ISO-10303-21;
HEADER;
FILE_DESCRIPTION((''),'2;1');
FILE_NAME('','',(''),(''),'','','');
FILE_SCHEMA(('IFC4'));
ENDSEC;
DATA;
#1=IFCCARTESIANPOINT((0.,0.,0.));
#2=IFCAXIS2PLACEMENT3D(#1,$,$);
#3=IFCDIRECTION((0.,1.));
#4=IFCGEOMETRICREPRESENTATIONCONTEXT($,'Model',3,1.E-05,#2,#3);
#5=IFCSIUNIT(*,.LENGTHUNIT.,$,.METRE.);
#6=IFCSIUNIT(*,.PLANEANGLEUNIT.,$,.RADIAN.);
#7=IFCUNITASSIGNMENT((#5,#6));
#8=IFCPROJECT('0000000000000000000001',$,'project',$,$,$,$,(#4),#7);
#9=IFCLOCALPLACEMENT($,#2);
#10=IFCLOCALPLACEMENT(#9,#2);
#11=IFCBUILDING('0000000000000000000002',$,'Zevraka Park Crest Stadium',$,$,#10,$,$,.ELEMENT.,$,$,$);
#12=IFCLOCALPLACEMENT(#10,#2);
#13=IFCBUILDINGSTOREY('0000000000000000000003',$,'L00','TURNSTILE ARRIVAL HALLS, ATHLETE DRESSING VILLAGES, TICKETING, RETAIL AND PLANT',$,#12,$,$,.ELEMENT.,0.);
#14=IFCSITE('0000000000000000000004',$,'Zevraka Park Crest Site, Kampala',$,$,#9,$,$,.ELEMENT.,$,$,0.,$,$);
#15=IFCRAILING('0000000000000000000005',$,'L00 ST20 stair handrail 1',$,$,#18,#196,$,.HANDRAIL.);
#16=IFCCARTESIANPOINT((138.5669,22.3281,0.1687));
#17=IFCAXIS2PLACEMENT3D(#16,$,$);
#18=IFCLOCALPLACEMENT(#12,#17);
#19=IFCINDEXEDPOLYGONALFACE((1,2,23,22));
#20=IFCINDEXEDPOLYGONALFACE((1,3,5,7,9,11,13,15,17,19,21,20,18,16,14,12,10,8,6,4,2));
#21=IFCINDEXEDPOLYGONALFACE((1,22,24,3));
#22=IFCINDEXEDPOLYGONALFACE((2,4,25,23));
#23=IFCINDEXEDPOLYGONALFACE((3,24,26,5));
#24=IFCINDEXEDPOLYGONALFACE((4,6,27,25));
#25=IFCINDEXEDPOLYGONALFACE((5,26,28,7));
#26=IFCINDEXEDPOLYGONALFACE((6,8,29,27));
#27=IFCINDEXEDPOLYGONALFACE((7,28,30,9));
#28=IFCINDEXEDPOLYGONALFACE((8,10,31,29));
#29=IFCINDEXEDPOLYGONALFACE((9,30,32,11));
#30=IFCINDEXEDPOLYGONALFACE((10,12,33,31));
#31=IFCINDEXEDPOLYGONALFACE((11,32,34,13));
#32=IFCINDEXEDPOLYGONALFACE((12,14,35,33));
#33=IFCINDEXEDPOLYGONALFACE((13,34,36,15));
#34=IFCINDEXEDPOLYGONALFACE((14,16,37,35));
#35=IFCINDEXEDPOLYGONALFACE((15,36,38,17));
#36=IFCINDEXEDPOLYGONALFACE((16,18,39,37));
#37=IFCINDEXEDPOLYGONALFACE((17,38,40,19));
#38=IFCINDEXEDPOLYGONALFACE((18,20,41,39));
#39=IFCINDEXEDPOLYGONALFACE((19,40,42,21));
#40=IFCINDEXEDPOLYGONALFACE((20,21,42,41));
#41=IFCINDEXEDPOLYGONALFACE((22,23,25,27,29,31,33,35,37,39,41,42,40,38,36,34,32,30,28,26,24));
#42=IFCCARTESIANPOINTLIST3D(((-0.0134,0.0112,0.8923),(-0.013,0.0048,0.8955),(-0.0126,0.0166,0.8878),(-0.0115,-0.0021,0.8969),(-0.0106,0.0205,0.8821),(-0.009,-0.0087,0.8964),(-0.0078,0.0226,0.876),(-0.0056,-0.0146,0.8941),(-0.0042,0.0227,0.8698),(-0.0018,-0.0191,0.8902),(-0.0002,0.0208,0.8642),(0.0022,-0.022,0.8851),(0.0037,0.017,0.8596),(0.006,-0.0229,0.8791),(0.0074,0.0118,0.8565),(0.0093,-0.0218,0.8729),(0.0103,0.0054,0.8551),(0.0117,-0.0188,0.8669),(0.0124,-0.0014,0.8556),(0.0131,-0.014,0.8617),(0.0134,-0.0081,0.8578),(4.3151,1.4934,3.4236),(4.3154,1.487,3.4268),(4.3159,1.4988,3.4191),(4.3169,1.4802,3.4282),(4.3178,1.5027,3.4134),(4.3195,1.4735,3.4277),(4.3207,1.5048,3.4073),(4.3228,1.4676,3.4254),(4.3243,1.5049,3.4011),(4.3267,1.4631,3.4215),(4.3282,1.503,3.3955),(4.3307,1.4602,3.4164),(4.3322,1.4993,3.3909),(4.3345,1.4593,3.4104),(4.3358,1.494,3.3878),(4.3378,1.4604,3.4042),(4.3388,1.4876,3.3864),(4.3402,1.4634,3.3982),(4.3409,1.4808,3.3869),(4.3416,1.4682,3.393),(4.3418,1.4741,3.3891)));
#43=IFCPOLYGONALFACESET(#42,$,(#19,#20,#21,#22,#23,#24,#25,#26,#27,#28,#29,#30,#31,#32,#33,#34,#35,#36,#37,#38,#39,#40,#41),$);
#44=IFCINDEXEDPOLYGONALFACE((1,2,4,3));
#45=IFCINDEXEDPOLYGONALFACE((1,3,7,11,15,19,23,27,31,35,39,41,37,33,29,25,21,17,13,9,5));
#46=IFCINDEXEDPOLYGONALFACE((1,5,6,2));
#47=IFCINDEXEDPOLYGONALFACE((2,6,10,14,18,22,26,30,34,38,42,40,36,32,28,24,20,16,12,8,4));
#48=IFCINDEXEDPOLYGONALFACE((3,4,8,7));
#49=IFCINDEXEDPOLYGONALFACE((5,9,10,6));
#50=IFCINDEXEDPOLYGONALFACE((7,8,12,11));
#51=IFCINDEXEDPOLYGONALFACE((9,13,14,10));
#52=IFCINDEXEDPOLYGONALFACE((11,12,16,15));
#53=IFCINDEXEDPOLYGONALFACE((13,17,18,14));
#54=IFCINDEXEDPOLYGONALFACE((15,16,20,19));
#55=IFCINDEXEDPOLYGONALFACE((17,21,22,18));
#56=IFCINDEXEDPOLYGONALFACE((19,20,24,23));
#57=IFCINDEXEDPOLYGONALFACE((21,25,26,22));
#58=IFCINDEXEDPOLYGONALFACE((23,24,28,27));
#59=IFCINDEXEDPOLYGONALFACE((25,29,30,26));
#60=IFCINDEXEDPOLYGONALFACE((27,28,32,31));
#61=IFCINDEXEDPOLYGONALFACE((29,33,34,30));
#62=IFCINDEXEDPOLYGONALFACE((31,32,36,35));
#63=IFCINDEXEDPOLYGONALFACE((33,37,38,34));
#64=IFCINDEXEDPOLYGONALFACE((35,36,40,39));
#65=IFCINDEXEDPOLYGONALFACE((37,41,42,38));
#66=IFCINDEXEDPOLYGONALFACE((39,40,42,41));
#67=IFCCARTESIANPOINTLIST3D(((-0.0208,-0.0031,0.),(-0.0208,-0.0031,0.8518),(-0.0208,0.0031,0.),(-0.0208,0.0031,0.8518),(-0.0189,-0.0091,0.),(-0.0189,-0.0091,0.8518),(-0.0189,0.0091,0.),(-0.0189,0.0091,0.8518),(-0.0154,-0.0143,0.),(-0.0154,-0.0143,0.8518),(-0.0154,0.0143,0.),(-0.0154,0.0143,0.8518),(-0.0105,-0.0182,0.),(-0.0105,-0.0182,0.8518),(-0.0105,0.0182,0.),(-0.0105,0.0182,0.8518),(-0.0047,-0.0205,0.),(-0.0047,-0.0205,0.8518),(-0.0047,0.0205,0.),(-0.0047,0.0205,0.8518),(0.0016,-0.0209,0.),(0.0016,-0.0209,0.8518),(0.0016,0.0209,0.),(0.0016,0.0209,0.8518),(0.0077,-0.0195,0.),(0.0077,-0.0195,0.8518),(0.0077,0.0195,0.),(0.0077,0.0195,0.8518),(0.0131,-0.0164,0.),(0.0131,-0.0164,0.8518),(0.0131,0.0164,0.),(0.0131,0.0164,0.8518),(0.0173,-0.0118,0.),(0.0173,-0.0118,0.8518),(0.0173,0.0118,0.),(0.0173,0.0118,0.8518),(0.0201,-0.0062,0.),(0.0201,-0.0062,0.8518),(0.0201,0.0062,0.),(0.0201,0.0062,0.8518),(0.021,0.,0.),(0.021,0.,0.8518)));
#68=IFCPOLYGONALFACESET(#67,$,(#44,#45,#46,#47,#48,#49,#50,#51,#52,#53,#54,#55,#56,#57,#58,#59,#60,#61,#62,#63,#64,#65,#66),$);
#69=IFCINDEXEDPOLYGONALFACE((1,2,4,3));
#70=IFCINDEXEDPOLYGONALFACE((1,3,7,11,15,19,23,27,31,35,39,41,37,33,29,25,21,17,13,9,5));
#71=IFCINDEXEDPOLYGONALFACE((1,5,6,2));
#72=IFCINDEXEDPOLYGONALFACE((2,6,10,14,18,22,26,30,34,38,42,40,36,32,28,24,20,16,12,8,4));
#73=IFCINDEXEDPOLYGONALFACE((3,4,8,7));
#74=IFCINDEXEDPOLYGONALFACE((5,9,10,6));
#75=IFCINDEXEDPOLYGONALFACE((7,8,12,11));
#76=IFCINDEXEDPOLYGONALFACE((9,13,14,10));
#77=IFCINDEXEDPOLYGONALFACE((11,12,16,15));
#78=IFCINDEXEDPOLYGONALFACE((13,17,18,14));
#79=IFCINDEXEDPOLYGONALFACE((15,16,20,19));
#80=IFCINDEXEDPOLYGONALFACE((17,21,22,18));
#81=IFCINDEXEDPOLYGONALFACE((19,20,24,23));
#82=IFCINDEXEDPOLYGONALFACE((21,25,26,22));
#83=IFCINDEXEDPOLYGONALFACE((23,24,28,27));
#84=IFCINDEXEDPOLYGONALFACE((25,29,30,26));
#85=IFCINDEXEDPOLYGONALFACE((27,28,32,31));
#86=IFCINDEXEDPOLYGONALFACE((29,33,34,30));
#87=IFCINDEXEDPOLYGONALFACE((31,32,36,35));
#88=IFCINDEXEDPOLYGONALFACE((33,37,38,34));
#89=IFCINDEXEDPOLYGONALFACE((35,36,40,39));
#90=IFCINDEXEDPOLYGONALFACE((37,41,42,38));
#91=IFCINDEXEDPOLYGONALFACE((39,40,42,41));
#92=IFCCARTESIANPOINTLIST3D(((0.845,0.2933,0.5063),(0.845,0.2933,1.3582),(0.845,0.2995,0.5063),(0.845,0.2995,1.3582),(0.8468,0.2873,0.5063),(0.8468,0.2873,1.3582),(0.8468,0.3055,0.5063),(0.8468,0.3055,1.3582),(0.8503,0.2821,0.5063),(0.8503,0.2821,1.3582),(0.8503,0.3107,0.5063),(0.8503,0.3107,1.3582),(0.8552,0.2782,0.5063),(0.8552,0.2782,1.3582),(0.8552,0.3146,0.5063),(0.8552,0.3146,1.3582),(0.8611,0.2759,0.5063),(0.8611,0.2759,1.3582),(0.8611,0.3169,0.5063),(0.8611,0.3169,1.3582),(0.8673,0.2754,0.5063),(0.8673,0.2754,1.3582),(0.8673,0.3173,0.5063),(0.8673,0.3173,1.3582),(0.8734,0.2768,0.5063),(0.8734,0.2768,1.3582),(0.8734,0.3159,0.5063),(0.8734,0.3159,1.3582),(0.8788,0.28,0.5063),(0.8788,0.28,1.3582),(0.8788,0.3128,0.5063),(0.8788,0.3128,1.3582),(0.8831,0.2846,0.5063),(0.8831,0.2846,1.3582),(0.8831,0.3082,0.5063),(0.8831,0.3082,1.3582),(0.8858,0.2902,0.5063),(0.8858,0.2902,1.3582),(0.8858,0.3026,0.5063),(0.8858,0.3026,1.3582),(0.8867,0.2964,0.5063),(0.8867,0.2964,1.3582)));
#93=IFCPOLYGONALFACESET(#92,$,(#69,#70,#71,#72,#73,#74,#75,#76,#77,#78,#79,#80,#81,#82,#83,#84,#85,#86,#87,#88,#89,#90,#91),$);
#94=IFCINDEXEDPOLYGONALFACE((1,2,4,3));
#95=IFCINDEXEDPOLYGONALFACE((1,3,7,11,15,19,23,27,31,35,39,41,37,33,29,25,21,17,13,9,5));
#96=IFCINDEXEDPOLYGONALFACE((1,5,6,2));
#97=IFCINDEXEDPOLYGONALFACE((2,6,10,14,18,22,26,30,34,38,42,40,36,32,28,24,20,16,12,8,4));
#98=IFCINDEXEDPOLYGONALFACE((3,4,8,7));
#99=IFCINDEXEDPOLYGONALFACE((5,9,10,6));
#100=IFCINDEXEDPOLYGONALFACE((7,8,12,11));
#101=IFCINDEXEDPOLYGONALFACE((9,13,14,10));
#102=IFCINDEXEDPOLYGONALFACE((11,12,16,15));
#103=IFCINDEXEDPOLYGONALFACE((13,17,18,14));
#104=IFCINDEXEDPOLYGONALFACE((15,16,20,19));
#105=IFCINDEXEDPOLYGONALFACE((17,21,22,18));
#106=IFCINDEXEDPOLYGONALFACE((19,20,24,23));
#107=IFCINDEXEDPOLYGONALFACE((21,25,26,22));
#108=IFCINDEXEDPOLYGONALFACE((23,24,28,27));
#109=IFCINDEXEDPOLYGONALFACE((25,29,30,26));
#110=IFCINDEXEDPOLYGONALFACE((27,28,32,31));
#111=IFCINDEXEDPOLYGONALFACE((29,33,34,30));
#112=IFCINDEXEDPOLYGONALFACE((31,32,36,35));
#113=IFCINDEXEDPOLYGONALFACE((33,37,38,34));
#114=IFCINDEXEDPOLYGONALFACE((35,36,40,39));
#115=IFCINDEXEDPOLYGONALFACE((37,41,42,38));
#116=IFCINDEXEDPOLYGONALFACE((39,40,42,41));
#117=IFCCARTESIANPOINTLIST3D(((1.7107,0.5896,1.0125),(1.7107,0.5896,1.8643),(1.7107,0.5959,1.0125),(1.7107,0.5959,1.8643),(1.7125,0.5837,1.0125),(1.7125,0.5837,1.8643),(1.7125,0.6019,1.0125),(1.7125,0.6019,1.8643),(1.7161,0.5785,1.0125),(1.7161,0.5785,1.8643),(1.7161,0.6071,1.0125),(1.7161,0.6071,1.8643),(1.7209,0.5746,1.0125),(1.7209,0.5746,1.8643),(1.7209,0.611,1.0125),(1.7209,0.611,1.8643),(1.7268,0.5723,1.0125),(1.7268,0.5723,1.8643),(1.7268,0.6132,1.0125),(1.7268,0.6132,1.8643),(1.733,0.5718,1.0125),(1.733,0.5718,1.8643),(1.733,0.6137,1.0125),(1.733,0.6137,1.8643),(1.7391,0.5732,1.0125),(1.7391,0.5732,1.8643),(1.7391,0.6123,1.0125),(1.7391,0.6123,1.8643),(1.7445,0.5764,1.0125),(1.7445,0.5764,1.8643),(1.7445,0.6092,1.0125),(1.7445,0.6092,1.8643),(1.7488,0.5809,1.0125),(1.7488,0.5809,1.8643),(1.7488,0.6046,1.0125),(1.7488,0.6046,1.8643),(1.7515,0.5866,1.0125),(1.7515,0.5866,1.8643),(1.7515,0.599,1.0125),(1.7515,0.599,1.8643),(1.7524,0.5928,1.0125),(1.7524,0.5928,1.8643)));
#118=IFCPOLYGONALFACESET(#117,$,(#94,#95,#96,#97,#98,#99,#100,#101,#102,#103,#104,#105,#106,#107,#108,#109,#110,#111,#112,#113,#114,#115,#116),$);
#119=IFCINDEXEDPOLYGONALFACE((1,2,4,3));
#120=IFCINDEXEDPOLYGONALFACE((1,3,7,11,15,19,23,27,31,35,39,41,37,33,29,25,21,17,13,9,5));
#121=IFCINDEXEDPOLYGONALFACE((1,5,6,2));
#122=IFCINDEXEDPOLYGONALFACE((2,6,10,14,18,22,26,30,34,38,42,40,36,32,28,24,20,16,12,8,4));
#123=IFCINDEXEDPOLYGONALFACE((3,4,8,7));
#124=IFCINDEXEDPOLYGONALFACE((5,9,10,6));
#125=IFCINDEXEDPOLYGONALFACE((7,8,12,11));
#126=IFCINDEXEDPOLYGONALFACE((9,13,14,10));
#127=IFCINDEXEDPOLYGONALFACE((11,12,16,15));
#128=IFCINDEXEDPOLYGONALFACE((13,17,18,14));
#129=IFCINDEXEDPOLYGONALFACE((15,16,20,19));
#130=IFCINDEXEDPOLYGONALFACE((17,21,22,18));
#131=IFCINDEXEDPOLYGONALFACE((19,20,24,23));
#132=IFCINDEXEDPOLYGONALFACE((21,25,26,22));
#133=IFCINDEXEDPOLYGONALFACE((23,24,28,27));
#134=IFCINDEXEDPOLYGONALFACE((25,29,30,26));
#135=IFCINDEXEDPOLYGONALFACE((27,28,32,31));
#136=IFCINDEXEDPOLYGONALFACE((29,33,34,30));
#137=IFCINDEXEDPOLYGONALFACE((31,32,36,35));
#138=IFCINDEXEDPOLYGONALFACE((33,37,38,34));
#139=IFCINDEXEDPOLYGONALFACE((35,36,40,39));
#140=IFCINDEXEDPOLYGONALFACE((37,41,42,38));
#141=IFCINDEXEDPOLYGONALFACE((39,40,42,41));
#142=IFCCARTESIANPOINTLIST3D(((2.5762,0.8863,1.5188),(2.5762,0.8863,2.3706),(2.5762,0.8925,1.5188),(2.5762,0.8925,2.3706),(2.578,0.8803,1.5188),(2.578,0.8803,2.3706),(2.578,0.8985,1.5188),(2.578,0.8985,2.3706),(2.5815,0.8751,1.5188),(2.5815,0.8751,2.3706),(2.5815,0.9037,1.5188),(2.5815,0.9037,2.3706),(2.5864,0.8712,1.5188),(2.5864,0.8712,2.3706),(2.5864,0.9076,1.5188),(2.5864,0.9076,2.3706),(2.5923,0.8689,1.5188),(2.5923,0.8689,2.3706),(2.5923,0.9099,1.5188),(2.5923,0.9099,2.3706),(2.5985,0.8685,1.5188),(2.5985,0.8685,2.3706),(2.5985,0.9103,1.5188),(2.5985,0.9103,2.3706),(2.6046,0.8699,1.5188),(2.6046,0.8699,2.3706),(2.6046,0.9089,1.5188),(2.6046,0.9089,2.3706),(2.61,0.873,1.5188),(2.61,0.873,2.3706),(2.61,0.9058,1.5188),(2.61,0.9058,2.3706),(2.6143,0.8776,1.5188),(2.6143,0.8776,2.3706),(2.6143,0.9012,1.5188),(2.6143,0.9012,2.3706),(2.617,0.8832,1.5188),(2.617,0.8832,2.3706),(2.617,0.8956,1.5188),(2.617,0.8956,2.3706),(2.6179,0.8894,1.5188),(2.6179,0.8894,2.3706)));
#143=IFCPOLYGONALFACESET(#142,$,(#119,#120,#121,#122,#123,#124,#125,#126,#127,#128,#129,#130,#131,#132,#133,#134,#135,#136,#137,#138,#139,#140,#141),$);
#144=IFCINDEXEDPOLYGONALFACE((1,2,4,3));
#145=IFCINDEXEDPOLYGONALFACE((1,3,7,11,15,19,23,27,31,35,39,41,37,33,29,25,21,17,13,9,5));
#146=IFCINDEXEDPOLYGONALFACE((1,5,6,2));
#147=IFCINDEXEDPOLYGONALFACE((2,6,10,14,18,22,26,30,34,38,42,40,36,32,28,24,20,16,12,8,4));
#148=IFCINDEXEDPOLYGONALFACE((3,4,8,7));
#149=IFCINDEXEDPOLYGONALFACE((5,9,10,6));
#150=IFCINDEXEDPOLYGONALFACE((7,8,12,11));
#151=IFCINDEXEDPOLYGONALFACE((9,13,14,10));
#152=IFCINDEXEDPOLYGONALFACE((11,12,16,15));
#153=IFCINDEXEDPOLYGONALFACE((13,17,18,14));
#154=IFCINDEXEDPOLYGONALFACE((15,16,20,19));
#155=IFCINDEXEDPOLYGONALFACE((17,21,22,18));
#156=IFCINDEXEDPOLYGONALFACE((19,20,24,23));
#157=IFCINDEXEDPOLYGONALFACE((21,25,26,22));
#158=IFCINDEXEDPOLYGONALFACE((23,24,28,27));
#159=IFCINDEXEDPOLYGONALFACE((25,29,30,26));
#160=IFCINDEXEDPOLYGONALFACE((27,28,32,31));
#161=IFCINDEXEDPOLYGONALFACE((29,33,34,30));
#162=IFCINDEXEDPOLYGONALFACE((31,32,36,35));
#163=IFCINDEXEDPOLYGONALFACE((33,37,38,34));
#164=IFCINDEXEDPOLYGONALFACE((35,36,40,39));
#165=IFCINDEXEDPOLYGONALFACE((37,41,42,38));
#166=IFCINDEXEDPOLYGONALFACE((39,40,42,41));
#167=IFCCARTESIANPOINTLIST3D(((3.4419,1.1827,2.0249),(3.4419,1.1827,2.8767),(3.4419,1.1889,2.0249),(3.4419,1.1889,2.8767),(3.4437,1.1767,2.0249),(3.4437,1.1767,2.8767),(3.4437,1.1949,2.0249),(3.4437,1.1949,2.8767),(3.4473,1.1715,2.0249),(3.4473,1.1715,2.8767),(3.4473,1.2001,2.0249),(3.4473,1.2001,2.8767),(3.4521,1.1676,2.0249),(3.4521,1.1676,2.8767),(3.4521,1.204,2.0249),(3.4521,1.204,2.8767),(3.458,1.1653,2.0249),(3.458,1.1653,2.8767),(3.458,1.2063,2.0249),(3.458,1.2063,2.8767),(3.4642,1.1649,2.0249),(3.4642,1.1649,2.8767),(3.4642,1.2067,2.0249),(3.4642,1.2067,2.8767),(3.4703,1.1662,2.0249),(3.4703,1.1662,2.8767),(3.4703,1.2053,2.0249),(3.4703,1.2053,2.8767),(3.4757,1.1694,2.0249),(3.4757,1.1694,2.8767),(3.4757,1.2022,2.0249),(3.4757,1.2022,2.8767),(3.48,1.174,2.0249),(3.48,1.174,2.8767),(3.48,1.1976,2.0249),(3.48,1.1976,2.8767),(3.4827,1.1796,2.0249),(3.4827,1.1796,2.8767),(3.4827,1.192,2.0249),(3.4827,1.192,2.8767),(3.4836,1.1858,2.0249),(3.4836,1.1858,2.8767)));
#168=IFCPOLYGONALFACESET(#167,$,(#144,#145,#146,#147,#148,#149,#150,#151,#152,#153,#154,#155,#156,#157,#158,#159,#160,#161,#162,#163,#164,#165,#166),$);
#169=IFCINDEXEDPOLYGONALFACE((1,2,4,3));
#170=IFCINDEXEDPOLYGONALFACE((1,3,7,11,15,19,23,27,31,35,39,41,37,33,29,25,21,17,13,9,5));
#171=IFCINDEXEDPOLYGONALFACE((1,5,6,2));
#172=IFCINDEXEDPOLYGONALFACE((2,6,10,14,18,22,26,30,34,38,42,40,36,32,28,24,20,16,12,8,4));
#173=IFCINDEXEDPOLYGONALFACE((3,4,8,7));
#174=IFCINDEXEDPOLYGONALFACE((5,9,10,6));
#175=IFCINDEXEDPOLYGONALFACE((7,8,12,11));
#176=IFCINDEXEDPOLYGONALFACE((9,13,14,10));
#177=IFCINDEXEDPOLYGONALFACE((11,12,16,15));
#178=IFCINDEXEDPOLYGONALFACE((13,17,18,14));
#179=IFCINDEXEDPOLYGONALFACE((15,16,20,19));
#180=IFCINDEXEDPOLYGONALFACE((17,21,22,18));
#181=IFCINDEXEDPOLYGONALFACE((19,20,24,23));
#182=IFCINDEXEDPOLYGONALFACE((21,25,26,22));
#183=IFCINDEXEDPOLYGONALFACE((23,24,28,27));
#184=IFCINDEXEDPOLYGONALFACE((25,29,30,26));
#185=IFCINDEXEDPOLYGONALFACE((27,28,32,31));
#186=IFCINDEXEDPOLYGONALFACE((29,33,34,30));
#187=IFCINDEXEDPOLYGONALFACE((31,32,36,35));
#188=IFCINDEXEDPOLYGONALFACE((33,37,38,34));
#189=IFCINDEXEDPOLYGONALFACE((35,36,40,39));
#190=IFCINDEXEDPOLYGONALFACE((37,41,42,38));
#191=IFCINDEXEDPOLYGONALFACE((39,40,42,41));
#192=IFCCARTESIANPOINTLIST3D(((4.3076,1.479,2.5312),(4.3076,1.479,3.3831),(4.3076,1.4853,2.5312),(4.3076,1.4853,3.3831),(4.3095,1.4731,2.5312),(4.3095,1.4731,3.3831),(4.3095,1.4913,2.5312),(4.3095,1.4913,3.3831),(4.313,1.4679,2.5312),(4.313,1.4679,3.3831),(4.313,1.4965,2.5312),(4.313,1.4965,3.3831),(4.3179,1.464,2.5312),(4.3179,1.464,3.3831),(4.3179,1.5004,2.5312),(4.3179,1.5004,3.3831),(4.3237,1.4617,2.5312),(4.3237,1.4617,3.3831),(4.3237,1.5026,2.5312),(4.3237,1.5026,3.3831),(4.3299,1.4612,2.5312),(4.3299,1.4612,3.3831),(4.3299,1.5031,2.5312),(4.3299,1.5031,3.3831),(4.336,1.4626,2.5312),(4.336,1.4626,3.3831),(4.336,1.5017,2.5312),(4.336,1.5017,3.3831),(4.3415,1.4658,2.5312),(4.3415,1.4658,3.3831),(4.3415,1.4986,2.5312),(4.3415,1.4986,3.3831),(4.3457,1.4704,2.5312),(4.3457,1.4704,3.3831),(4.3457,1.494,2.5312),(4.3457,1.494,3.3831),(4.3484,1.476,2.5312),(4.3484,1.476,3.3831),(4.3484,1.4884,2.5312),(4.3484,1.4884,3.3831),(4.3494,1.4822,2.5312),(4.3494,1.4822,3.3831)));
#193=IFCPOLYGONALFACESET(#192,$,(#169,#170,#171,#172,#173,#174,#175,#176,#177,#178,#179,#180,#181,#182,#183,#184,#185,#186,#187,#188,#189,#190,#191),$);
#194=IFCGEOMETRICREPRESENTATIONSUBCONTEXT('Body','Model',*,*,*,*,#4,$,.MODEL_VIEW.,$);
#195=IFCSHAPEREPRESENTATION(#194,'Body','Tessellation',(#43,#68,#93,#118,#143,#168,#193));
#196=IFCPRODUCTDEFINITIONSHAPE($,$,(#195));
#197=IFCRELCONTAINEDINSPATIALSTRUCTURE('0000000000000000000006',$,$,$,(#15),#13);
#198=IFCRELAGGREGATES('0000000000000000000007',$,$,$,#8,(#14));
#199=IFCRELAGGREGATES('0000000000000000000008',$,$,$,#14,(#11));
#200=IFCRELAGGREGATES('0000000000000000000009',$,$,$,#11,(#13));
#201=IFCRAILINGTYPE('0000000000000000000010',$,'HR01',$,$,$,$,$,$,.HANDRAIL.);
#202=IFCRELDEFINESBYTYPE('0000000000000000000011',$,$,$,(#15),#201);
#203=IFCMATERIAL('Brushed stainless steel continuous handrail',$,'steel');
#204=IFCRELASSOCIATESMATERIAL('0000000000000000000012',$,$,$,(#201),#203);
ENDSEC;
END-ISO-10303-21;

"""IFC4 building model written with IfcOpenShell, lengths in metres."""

from ifc_helpers import new_model, si_unit, direction, frame, origin, origin_2d, place, context, subcontext, project, spatial, circle, extrude, material, type_object, element, save


model = new_model("IFC4")

# Units and contexts
model_context = context("Model", 3, precision=1e-05, world=origin(), true_north=direction((0.0, 1.0)))
body_context = subcontext(model_context, "Body", "Model", "MODEL_VIEW")
ifc_project = project(units=[si_unit("LENGTHUNIT", "METRE"), si_unit("PLANEANGLEUNIT", "RADIAN")], contexts=[model_context])

# Site, building, storey
site_placement = place(None, origin())
site = spatial("IfcSite", under=ifc_project, at=site_placement, Name="Zevraka Park Crest Site, Kampala", CompositionType="ELEMENT", RefElevation=0.0)
building_placement = place(site_placement, origin())
building = spatial("IfcBuilding", under=site, at=building_placement, Name="Zevraka Park Crest Stadium", CompositionType="ELEMENT")
storey_placement = place(building_placement, origin())
storey = spatial("IfcBuildingStorey", under=building, at=storey_placement, Name="L00", Description="TURNSTILE ARRIVAL HALLS, ATHLETE DRESSING VILLAGES, TICKETING, RETAIL AND PLANT", CompositionType="ELEMENT", Elevation=0.0)

# Railing
ifc_material_1 = material(Name="Brushed stainless steel continuous handrail", Category="steel")
railing_type_1 = type_object("IfcRailingType", Name="HR01", PredefinedType="HANDRAIL", material=ifc_material_1)
railing_1_placement = place(storey_placement, frame((138.5669, 22.3281, 0.1687)))
element("IfcRailing", 1, at=railing_1_placement, inside=storey, type_object=railing_type_1, Name="L00 ST20 stair handrail 1", PredefinedType="HANDRAIL", context=body_context, shape_type="SweptSolid", body=[
    extrude(circle(Radius=0.0239, at=origin_2d()), frame((0.0, 0.0, 0.876), z_axis=(0.827817, 0.283472, 0.484111), x_axis=(-0.323965, 0.946069, 0.0)), (0.0, 0.0, 1.0), 5.2288),
    extrude(circle(Radius=0.021, at=origin_2d()), origin(), (0.0, 0.0, 1.0), 0.8518),
    extrude(circle(Radius=0.021, at=origin_2d()), frame((0.8657, 0.2964, 0.5063)), (0.0, 0.0, 1.0), 0.8518),
    extrude(circle(Radius=0.021, at=origin_2d()), frame((1.7314, 0.5928, 1.0125)), (0.0, 0.0, 1.0), 0.8518),
    extrude(circle(Radius=0.021, at=origin_2d()), frame((2.5969, 0.8894, 1.5188)), (0.0, 0.0, 1.0), 0.8518),
    extrude(circle(Radius=0.021, at=origin_2d()), frame((3.4626, 1.1858, 2.0249)), (0.0, 0.0, 1.0), 0.8518),
    extrude(circle(Radius=0.021, at=origin_2d()), frame((4.3284, 1.4822, 2.5312)), (0.0, 0.0, 1.0), 0.8518),
])

save(model, "model.ifc")
